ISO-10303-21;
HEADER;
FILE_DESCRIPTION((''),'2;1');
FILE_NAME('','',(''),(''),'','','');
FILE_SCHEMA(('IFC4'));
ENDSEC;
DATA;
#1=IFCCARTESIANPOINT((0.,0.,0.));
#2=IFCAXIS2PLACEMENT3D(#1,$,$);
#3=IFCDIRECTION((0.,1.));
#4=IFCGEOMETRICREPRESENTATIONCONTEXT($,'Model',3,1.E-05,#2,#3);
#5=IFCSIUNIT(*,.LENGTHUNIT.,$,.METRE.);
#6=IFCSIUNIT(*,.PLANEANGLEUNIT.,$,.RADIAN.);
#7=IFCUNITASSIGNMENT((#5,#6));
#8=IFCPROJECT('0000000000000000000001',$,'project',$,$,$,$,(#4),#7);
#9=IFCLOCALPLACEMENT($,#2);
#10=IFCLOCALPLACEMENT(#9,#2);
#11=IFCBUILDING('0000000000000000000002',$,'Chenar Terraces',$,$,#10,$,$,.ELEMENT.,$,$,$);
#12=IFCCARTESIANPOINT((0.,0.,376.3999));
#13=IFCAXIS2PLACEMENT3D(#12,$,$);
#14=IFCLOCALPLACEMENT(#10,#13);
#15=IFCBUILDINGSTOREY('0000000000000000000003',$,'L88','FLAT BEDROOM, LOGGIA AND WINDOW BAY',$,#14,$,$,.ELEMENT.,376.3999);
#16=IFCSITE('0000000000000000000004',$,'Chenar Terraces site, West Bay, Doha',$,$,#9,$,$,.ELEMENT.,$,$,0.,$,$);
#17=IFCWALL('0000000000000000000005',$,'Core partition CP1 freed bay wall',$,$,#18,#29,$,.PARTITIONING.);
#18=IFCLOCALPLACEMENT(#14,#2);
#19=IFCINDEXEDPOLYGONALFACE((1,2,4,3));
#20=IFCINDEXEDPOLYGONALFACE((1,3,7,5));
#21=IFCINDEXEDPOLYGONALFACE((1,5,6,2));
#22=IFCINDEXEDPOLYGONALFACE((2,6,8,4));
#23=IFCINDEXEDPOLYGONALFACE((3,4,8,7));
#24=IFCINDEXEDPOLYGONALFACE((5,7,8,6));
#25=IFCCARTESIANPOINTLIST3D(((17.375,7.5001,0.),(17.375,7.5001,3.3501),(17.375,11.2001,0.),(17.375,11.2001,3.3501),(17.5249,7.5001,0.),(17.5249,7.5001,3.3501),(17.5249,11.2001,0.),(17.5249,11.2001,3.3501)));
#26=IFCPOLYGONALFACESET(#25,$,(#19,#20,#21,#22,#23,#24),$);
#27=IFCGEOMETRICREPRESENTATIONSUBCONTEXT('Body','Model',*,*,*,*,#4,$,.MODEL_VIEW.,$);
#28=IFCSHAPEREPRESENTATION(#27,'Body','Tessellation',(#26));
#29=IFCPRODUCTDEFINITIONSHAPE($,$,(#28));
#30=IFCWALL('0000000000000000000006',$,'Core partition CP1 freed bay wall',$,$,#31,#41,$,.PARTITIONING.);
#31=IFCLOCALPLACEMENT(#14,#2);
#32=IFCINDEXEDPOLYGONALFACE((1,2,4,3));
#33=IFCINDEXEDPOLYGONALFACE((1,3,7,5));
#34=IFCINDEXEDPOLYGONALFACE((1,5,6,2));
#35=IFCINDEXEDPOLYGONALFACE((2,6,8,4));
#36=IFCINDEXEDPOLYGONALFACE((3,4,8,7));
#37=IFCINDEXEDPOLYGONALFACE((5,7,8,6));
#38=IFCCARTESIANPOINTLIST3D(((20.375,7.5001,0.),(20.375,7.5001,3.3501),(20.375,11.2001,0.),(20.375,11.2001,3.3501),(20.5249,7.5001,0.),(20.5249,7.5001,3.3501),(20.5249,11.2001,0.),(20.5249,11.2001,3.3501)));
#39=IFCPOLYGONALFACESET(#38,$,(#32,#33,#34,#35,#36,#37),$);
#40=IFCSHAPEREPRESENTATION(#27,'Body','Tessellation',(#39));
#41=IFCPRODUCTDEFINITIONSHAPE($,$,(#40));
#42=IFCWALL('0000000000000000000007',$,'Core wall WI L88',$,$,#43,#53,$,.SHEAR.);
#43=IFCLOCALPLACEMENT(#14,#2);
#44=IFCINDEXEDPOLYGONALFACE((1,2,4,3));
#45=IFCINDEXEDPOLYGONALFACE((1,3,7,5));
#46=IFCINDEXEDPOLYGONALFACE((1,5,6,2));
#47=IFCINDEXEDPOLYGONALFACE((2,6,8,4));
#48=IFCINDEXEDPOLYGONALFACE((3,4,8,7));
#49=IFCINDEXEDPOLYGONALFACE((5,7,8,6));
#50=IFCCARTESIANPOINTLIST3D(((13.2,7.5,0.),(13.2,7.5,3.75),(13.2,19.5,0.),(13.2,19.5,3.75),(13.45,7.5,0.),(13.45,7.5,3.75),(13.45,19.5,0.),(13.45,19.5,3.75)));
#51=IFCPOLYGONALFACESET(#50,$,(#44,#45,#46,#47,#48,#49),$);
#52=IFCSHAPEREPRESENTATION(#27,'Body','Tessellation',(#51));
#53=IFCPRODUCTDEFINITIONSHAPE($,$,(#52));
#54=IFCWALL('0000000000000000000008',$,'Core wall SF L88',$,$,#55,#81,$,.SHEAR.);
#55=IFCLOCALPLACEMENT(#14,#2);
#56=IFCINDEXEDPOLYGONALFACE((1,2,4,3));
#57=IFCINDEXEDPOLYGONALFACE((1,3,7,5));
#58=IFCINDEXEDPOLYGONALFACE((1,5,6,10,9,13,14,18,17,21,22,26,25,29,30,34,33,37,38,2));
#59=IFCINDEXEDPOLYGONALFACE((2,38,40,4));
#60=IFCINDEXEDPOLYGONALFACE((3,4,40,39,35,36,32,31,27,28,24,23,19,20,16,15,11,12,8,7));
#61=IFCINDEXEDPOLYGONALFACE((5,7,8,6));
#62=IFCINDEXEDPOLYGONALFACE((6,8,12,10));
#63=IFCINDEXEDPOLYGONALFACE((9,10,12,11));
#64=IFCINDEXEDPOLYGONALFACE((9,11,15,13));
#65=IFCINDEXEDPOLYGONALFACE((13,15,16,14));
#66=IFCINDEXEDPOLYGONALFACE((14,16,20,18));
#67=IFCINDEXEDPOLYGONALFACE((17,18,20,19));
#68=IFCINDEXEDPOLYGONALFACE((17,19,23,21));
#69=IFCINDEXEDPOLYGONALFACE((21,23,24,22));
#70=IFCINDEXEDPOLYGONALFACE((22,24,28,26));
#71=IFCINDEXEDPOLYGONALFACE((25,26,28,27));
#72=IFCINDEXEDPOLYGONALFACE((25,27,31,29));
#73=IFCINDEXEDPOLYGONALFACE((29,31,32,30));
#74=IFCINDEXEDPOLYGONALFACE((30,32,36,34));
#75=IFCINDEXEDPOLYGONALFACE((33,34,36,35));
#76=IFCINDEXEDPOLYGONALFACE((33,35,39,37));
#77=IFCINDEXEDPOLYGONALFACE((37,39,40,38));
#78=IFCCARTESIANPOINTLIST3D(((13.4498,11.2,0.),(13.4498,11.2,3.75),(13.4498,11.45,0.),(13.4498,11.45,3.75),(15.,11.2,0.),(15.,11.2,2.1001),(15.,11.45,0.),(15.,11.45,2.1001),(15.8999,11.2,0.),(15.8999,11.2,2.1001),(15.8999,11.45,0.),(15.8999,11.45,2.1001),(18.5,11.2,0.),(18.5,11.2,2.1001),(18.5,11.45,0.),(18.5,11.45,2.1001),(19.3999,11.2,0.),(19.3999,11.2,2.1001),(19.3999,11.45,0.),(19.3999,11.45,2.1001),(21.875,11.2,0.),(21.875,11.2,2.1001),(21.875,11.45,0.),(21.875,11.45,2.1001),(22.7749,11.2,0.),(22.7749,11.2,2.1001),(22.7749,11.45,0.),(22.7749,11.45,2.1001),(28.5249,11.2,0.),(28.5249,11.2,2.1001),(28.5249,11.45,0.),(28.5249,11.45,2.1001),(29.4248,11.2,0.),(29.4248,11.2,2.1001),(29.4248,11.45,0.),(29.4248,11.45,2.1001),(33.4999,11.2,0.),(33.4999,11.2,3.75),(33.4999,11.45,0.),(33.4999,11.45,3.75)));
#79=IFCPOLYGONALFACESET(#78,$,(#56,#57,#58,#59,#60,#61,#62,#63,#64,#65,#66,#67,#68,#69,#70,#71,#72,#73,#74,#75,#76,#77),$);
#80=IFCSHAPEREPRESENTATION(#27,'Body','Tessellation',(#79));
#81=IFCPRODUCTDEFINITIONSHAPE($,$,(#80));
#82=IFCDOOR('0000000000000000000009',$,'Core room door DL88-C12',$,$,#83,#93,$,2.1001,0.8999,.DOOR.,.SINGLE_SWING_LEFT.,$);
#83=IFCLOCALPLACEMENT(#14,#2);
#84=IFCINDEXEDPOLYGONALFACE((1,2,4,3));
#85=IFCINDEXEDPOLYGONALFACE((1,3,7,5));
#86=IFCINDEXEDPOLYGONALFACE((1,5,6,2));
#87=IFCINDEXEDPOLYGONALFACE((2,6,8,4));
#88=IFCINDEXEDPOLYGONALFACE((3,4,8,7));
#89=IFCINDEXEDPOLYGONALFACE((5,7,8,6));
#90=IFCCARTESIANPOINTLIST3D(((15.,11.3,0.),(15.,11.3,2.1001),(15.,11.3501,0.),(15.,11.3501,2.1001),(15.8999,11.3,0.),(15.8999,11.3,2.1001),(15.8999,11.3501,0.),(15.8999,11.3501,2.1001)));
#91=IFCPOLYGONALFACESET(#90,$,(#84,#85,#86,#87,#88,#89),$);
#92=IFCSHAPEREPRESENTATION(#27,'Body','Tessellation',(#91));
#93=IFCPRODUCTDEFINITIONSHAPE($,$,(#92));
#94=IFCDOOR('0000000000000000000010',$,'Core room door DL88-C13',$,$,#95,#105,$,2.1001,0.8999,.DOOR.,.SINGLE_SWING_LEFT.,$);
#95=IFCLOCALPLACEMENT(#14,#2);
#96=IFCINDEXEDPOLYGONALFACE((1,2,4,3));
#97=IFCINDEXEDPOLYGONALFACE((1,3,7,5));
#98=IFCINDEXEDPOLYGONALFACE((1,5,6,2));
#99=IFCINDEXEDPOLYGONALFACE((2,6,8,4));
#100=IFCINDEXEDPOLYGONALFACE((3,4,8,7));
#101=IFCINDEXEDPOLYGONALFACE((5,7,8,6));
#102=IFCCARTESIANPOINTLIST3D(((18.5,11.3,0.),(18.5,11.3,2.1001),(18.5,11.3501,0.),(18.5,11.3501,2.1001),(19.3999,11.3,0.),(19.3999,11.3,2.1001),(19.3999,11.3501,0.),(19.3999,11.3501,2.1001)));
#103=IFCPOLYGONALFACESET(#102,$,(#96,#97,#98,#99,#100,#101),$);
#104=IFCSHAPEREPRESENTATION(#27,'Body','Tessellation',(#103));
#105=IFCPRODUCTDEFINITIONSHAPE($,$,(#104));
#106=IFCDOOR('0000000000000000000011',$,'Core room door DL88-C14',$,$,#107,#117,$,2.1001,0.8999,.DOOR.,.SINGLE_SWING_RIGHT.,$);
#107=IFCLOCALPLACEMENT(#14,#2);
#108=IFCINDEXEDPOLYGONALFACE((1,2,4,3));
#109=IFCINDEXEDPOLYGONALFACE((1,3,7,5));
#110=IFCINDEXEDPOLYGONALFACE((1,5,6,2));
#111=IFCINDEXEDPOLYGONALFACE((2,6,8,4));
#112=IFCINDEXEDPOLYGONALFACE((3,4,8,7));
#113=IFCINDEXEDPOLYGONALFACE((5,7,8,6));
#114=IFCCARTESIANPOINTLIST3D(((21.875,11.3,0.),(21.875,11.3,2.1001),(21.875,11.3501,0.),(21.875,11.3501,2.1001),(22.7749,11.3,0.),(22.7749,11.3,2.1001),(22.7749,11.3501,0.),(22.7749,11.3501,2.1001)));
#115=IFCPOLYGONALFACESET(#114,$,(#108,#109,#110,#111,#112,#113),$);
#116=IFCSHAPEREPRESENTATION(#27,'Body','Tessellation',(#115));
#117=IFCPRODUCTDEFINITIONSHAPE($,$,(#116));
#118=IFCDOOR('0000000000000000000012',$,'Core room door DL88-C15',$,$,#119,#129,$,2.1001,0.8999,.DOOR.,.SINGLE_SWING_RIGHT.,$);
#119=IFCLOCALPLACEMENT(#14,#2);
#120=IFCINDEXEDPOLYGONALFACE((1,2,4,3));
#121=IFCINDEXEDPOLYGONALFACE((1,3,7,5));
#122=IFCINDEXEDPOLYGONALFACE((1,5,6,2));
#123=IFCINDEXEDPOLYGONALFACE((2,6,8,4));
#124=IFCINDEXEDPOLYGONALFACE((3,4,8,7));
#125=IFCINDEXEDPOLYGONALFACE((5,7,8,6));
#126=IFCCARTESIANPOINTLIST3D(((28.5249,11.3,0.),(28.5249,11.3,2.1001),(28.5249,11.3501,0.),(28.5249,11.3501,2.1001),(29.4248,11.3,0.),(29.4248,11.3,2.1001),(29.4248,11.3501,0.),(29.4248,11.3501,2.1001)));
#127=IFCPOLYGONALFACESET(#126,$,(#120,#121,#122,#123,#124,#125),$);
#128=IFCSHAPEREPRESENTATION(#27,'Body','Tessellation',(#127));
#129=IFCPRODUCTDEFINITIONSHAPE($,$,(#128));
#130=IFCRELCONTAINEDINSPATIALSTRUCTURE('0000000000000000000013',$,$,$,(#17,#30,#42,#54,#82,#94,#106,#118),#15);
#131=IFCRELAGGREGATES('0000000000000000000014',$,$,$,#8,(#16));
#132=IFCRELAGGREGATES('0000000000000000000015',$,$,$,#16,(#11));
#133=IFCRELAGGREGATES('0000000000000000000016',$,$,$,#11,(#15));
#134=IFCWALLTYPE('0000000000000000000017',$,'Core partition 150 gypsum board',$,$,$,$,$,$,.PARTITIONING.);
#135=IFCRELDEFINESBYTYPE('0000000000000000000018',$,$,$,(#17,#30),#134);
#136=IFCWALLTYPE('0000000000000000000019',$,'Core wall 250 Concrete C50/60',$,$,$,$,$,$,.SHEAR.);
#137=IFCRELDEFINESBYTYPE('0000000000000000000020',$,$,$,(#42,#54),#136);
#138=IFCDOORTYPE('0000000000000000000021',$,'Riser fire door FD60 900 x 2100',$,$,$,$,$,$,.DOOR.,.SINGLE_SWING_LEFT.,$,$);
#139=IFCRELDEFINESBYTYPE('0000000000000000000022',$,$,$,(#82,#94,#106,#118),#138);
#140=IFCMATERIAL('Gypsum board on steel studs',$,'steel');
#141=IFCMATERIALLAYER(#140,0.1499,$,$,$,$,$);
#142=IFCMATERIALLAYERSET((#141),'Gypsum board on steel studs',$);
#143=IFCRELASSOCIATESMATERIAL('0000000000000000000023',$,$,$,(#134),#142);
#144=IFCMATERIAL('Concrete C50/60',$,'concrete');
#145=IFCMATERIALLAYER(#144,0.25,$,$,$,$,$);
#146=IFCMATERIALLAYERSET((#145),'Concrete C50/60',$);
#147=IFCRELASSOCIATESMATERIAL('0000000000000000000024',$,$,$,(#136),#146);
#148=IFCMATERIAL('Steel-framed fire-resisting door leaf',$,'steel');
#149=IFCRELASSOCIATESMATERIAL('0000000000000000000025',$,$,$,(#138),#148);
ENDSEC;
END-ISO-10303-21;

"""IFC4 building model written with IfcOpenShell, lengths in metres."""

from ifc_helpers import new_model, si_unit, direction, frame, frame_2d, origin, place, context, subcontext, project, spatial, rectangle, extrude, material, layer, layer_set, type_object, element, fill, save


model = new_model("IFC4")

# Units and contexts
model_context = context("Model", 3, precision=1e-05, world=origin(), true_north=direction((0.0, 1.0)))
body_context = subcontext(model_context, "Body", "Model", "MODEL_VIEW")
ifc_project = project(units=[si_unit("LENGTHUNIT", "METRE"), si_unit("PLANEANGLEUNIT", "RADIAN")], contexts=[model_context])

# Site, building, storey
site_placement = place(None, origin())
site = spatial("IfcSite", under=ifc_project, at=site_placement, Name="Chenar Terraces site, West Bay, Doha", CompositionType="ELEMENT", RefElevation=0.0)
building_placement = place(site_placement, origin())
building = spatial("IfcBuilding", under=site, at=building_placement, Name="Chenar Terraces", CompositionType="ELEMENT")
storey_placement = place(building_placement, frame((0.0, 0.0, 376.3999)))
storey = spatial("IfcBuildingStorey", under=building, at=storey_placement, Name="L88", Description="FLAT BEDROOM, LOGGIA AND WINDOW BAY", CompositionType="ELEMENT", Elevation=376.3999)

# Walls
ifc_material_1 = material(Name="Gypsum board on steel studs", Category="steel")
ifc_layer_1 = layer(ifc_material_1, 0.1499)
ifc_layer_set_1 = layer_set([ifc_layer_1], Name="Gypsum board on steel studs")
wall_type_1 = type_object("IfcWallType", Name="Core partition 150 gypsum board", PredefinedType="PARTITIONING", material=ifc_layer_set_1)
for number, where, z_axis, x_axis, name in (
    (1, (17.45, 7.5, 0.0), (0.0, 0.0, 1.0), (0.0, 1.0, 0.0), "Core partition CP1 freed bay wall"),
    (2, (20.45, 7.5, 0.0), (0.0, 0.0, 1.0), (0.0, 1.0, 0.0), "Core partition CP1 freed bay wall"),
):
    element("IfcWall", number, at=place(storey_placement, frame(where, z_axis=z_axis, x_axis=x_axis)), inside=storey, type_object=wall_type_1, Name=name, PredefinedType="PARTITIONING", context=body_context, shape_type="SweptSolid", body=[
        extrude(rectangle(XDim=3.7, YDim=0.1499, at=frame_2d((1.8501, 0.0))), origin(), (0.0, 0.0, 1.0), 3.3501),
    ])
ifc_material_2 = material(Name="Concrete C50/60", Category="concrete")
ifc_layer_2 = layer(ifc_material_2, 0.25)
ifc_layer_set_2 = layer_set([ifc_layer_2], Name="Concrete C50/60")
wall_type_2 = type_object("IfcWallType", Name="Core wall 250 Concrete C50/60", PredefinedType="SHEAR", material=ifc_layer_set_2)
wall_1_placement = place(storey_placement, frame((13.325, 7.5, 0.0), z_axis=(0.0, 0.0, 1.0), x_axis=(0.0, 1.0, 0.0)))
element("IfcWall", 3, at=wall_1_placement, inside=storey, type_object=wall_type_2, Name="Core wall WI L88", PredefinedType="SHEAR", context=body_context, shape_type="SweptSolid", body=[
    extrude(rectangle(XDim=12.0, YDim=0.25, at=frame_2d((6.0, 0.0))), origin(), (0.0, 0.0, 1.0), 3.75),
])

# Wall, openings, doors
wall_2_placement = place(storey_placement, frame((13.45, 11.325, 0.0), z_axis=(0.0, 0.0, 1.0), x_axis=(1.0, 0.0, 0.0)))
wall_2 = element("IfcWall", 4, at=wall_2_placement, inside=storey, type_object=wall_type_2, Name="Core wall SF L88", PredefinedType="SHEAR", context=body_context, shape_type="SweptSolid", body=[
    extrude(rectangle(XDim=20.05, YDim=0.25, at=frame_2d((10.0249, 0.0))), origin(), (0.0, 0.0, 1.0), 3.75),
])
opening_1_placement = place(wall_2_placement, frame((1.55, 0.0, 0.0)))
opening_1 = element("IfcOpeningElement", 5, at=opening_1_placement, cuts=wall_2, PredefinedType="OPENING", context=body_context, shape_type="SweptSolid", body=[
    extrude(rectangle(XDim=0.8999, YDim=2.1001, at=frame_2d((0.45, 1.05))), frame((0.0, 0.135, 0.0), z_axis=(0.0, -1.0, 0.0), x_axis=(1.0, 0.0, 0.0)), (0.0, 0.0, 1.0), 0.27),
])
opening_2_placement = place(wall_2_placement, frame((5.05, 0.0, 0.0)))
opening_2 = element("IfcOpeningElement", 6, at=opening_2_placement, cuts=wall_2, PredefinedType="OPENING", context=body_context, shape_type="SweptSolid", body=[
    extrude(rectangle(XDim=0.8999, YDim=2.1001, at=frame_2d((0.45, 1.05))), frame((0.0, 0.135, 0.0), z_axis=(0.0, -1.0, 0.0), x_axis=(1.0, 0.0, 0.0)), (0.0, 0.0, 1.0), 0.27),
])
opening_3_placement = place(wall_2_placement, frame((8.425, 0.0, 0.0)))
opening_3 = element("IfcOpeningElement", 7, at=opening_3_placement, cuts=wall_2, PredefinedType="OPENING", context=body_context, shape_type="SweptSolid", body=[
    extrude(rectangle(XDim=0.8999, YDim=2.1001, at=frame_2d((0.45, 1.05))), frame((0.0, 0.135, 0.0), z_axis=(0.0, -1.0, 0.0), x_axis=(1.0, 0.0, 0.0)), (0.0, 0.0, 1.0), 0.27),
])
opening_4_placement = place(wall_2_placement, frame((15.075, 0.0, 0.0)))
opening_4 = element("IfcOpeningElement", 8, at=opening_4_placement, cuts=wall_2, PredefinedType="OPENING", context=body_context, shape_type="SweptSolid", body=[
    extrude(rectangle(XDim=0.8999, YDim=2.1001, at=frame_2d((0.45, 1.05))), frame((0.0, 0.135, 0.0), z_axis=(0.0, -1.0, 0.0), x_axis=(1.0, 0.0, 0.0)), (0.0, 0.0, 1.0), 0.27),
])
ifc_material_3 = material(Name="Steel-framed fire-resisting door leaf", Category="steel")
door_type_1 = type_object("IfcDoorType", Name="Riser fire door FD60 900 x 2100", OperationType="SINGLE_SWING_LEFT", PredefinedType="DOOR", material=ifc_material_3)
door_1_placement = place(opening_1_placement, frame((0.8999, 0.0, 0.0), z_axis=(0.0, 0.0, 1.0), x_axis=(-1.0, 0.0, 0.0)))
door_1 = element("IfcDoor", 9, at=door_1_placement, inside=storey, type_object=door_type_1, Name="Core room door DL88-C12", OperationType="SINGLE_SWING_LEFT", OverallHeight=2.1001, OverallWidth=0.8999, PredefinedType="DOOR", context=body_context, shape_type="SweptSolid", body=[
    extrude(rectangle(XDim=0.8999, YDim=2.1001, at=frame_2d((0.45, 1.05))), frame((0.0, 0.0249, 0.0), z_axis=(0.0, -1.0, 0.0), x_axis=(1.0, 0.0, 0.0)), (0.0, 0.0, 1.0), 0.05),
])
fill(opening_1, door_1)
door_2_placement = place(opening_2_placement, frame((0.8999, 0.0, 0.0), z_axis=(0.0, 0.0, 1.0), x_axis=(-1.0, 0.0, 0.0)))
door_2 = element("IfcDoor", 10, at=door_2_placement, inside=storey, type_object=door_type_1, Name="Core room door DL88-C13", OperationType="SINGLE_SWING_LEFT", OverallHeight=2.1001, OverallWidth=0.8999, PredefinedType="DOOR", context=body_context, shape_type="SweptSolid", body=[
    extrude(rectangle(XDim=0.8999, YDim=2.1001, at=frame_2d((0.45, 1.05))), frame((0.0, 0.0249, 0.0), z_axis=(0.0, -1.0, 0.0), x_axis=(1.0, 0.0, 0.0)), (0.0, 0.0, 1.0), 0.05),
])
fill(opening_2, door_2)
door_3_placement = place(opening_3_placement, frame((0.8999, 0.0, 0.0), z_axis=(0.0, 0.0, 1.0), x_axis=(-1.0, 0.0, 0.0)))
door_3 = element("IfcDoor", 11, at=door_3_placement, inside=storey, type_object=door_type_1, Name="Core room door DL88-C14", OperationType="SINGLE_SWING_RIGHT", OverallHeight=2.1001, OverallWidth=0.8999, PredefinedType="DOOR", context=body_context, shape_type="SweptSolid", body=[
    extrude(rectangle(XDim=0.8999, YDim=2.1001, at=frame_2d((0.45, 1.05))), frame((0.0, 0.0249, 0.0), z_axis=(0.0, -1.0, 0.0), x_axis=(1.0, 0.0, 0.0)), (0.0, 0.0, 1.0), 0.05),
])
fill(opening_3, door_3)
door_4_placement = place(opening_4_placement, frame((0.8999, 0.0, 0.0), z_axis=(0.0, 0.0, 1.0), x_axis=(-1.0, 0.0, 0.0)))
door_4 = element("IfcDoor", 12, at=door_4_placement, inside=storey, type_object=door_type_1, Name="Core room door DL88-C15", OperationType="SINGLE_SWING_RIGHT", OverallHeight=2.1001, OverallWidth=0.8999, PredefinedType="DOOR", context=body_context, shape_type="SweptSolid", body=[
    extrude(rectangle(XDim=0.8999, YDim=2.1001, at=frame_2d((0.45, 1.05))), frame((0.0, 0.0249, 0.0), z_axis=(0.0, -1.0, 0.0), x_axis=(1.0, 0.0, 0.0)), (0.0, 0.0, 1.0), 0.05),
])
fill(opening_4, door_4)

save(model, "model.ifc")
